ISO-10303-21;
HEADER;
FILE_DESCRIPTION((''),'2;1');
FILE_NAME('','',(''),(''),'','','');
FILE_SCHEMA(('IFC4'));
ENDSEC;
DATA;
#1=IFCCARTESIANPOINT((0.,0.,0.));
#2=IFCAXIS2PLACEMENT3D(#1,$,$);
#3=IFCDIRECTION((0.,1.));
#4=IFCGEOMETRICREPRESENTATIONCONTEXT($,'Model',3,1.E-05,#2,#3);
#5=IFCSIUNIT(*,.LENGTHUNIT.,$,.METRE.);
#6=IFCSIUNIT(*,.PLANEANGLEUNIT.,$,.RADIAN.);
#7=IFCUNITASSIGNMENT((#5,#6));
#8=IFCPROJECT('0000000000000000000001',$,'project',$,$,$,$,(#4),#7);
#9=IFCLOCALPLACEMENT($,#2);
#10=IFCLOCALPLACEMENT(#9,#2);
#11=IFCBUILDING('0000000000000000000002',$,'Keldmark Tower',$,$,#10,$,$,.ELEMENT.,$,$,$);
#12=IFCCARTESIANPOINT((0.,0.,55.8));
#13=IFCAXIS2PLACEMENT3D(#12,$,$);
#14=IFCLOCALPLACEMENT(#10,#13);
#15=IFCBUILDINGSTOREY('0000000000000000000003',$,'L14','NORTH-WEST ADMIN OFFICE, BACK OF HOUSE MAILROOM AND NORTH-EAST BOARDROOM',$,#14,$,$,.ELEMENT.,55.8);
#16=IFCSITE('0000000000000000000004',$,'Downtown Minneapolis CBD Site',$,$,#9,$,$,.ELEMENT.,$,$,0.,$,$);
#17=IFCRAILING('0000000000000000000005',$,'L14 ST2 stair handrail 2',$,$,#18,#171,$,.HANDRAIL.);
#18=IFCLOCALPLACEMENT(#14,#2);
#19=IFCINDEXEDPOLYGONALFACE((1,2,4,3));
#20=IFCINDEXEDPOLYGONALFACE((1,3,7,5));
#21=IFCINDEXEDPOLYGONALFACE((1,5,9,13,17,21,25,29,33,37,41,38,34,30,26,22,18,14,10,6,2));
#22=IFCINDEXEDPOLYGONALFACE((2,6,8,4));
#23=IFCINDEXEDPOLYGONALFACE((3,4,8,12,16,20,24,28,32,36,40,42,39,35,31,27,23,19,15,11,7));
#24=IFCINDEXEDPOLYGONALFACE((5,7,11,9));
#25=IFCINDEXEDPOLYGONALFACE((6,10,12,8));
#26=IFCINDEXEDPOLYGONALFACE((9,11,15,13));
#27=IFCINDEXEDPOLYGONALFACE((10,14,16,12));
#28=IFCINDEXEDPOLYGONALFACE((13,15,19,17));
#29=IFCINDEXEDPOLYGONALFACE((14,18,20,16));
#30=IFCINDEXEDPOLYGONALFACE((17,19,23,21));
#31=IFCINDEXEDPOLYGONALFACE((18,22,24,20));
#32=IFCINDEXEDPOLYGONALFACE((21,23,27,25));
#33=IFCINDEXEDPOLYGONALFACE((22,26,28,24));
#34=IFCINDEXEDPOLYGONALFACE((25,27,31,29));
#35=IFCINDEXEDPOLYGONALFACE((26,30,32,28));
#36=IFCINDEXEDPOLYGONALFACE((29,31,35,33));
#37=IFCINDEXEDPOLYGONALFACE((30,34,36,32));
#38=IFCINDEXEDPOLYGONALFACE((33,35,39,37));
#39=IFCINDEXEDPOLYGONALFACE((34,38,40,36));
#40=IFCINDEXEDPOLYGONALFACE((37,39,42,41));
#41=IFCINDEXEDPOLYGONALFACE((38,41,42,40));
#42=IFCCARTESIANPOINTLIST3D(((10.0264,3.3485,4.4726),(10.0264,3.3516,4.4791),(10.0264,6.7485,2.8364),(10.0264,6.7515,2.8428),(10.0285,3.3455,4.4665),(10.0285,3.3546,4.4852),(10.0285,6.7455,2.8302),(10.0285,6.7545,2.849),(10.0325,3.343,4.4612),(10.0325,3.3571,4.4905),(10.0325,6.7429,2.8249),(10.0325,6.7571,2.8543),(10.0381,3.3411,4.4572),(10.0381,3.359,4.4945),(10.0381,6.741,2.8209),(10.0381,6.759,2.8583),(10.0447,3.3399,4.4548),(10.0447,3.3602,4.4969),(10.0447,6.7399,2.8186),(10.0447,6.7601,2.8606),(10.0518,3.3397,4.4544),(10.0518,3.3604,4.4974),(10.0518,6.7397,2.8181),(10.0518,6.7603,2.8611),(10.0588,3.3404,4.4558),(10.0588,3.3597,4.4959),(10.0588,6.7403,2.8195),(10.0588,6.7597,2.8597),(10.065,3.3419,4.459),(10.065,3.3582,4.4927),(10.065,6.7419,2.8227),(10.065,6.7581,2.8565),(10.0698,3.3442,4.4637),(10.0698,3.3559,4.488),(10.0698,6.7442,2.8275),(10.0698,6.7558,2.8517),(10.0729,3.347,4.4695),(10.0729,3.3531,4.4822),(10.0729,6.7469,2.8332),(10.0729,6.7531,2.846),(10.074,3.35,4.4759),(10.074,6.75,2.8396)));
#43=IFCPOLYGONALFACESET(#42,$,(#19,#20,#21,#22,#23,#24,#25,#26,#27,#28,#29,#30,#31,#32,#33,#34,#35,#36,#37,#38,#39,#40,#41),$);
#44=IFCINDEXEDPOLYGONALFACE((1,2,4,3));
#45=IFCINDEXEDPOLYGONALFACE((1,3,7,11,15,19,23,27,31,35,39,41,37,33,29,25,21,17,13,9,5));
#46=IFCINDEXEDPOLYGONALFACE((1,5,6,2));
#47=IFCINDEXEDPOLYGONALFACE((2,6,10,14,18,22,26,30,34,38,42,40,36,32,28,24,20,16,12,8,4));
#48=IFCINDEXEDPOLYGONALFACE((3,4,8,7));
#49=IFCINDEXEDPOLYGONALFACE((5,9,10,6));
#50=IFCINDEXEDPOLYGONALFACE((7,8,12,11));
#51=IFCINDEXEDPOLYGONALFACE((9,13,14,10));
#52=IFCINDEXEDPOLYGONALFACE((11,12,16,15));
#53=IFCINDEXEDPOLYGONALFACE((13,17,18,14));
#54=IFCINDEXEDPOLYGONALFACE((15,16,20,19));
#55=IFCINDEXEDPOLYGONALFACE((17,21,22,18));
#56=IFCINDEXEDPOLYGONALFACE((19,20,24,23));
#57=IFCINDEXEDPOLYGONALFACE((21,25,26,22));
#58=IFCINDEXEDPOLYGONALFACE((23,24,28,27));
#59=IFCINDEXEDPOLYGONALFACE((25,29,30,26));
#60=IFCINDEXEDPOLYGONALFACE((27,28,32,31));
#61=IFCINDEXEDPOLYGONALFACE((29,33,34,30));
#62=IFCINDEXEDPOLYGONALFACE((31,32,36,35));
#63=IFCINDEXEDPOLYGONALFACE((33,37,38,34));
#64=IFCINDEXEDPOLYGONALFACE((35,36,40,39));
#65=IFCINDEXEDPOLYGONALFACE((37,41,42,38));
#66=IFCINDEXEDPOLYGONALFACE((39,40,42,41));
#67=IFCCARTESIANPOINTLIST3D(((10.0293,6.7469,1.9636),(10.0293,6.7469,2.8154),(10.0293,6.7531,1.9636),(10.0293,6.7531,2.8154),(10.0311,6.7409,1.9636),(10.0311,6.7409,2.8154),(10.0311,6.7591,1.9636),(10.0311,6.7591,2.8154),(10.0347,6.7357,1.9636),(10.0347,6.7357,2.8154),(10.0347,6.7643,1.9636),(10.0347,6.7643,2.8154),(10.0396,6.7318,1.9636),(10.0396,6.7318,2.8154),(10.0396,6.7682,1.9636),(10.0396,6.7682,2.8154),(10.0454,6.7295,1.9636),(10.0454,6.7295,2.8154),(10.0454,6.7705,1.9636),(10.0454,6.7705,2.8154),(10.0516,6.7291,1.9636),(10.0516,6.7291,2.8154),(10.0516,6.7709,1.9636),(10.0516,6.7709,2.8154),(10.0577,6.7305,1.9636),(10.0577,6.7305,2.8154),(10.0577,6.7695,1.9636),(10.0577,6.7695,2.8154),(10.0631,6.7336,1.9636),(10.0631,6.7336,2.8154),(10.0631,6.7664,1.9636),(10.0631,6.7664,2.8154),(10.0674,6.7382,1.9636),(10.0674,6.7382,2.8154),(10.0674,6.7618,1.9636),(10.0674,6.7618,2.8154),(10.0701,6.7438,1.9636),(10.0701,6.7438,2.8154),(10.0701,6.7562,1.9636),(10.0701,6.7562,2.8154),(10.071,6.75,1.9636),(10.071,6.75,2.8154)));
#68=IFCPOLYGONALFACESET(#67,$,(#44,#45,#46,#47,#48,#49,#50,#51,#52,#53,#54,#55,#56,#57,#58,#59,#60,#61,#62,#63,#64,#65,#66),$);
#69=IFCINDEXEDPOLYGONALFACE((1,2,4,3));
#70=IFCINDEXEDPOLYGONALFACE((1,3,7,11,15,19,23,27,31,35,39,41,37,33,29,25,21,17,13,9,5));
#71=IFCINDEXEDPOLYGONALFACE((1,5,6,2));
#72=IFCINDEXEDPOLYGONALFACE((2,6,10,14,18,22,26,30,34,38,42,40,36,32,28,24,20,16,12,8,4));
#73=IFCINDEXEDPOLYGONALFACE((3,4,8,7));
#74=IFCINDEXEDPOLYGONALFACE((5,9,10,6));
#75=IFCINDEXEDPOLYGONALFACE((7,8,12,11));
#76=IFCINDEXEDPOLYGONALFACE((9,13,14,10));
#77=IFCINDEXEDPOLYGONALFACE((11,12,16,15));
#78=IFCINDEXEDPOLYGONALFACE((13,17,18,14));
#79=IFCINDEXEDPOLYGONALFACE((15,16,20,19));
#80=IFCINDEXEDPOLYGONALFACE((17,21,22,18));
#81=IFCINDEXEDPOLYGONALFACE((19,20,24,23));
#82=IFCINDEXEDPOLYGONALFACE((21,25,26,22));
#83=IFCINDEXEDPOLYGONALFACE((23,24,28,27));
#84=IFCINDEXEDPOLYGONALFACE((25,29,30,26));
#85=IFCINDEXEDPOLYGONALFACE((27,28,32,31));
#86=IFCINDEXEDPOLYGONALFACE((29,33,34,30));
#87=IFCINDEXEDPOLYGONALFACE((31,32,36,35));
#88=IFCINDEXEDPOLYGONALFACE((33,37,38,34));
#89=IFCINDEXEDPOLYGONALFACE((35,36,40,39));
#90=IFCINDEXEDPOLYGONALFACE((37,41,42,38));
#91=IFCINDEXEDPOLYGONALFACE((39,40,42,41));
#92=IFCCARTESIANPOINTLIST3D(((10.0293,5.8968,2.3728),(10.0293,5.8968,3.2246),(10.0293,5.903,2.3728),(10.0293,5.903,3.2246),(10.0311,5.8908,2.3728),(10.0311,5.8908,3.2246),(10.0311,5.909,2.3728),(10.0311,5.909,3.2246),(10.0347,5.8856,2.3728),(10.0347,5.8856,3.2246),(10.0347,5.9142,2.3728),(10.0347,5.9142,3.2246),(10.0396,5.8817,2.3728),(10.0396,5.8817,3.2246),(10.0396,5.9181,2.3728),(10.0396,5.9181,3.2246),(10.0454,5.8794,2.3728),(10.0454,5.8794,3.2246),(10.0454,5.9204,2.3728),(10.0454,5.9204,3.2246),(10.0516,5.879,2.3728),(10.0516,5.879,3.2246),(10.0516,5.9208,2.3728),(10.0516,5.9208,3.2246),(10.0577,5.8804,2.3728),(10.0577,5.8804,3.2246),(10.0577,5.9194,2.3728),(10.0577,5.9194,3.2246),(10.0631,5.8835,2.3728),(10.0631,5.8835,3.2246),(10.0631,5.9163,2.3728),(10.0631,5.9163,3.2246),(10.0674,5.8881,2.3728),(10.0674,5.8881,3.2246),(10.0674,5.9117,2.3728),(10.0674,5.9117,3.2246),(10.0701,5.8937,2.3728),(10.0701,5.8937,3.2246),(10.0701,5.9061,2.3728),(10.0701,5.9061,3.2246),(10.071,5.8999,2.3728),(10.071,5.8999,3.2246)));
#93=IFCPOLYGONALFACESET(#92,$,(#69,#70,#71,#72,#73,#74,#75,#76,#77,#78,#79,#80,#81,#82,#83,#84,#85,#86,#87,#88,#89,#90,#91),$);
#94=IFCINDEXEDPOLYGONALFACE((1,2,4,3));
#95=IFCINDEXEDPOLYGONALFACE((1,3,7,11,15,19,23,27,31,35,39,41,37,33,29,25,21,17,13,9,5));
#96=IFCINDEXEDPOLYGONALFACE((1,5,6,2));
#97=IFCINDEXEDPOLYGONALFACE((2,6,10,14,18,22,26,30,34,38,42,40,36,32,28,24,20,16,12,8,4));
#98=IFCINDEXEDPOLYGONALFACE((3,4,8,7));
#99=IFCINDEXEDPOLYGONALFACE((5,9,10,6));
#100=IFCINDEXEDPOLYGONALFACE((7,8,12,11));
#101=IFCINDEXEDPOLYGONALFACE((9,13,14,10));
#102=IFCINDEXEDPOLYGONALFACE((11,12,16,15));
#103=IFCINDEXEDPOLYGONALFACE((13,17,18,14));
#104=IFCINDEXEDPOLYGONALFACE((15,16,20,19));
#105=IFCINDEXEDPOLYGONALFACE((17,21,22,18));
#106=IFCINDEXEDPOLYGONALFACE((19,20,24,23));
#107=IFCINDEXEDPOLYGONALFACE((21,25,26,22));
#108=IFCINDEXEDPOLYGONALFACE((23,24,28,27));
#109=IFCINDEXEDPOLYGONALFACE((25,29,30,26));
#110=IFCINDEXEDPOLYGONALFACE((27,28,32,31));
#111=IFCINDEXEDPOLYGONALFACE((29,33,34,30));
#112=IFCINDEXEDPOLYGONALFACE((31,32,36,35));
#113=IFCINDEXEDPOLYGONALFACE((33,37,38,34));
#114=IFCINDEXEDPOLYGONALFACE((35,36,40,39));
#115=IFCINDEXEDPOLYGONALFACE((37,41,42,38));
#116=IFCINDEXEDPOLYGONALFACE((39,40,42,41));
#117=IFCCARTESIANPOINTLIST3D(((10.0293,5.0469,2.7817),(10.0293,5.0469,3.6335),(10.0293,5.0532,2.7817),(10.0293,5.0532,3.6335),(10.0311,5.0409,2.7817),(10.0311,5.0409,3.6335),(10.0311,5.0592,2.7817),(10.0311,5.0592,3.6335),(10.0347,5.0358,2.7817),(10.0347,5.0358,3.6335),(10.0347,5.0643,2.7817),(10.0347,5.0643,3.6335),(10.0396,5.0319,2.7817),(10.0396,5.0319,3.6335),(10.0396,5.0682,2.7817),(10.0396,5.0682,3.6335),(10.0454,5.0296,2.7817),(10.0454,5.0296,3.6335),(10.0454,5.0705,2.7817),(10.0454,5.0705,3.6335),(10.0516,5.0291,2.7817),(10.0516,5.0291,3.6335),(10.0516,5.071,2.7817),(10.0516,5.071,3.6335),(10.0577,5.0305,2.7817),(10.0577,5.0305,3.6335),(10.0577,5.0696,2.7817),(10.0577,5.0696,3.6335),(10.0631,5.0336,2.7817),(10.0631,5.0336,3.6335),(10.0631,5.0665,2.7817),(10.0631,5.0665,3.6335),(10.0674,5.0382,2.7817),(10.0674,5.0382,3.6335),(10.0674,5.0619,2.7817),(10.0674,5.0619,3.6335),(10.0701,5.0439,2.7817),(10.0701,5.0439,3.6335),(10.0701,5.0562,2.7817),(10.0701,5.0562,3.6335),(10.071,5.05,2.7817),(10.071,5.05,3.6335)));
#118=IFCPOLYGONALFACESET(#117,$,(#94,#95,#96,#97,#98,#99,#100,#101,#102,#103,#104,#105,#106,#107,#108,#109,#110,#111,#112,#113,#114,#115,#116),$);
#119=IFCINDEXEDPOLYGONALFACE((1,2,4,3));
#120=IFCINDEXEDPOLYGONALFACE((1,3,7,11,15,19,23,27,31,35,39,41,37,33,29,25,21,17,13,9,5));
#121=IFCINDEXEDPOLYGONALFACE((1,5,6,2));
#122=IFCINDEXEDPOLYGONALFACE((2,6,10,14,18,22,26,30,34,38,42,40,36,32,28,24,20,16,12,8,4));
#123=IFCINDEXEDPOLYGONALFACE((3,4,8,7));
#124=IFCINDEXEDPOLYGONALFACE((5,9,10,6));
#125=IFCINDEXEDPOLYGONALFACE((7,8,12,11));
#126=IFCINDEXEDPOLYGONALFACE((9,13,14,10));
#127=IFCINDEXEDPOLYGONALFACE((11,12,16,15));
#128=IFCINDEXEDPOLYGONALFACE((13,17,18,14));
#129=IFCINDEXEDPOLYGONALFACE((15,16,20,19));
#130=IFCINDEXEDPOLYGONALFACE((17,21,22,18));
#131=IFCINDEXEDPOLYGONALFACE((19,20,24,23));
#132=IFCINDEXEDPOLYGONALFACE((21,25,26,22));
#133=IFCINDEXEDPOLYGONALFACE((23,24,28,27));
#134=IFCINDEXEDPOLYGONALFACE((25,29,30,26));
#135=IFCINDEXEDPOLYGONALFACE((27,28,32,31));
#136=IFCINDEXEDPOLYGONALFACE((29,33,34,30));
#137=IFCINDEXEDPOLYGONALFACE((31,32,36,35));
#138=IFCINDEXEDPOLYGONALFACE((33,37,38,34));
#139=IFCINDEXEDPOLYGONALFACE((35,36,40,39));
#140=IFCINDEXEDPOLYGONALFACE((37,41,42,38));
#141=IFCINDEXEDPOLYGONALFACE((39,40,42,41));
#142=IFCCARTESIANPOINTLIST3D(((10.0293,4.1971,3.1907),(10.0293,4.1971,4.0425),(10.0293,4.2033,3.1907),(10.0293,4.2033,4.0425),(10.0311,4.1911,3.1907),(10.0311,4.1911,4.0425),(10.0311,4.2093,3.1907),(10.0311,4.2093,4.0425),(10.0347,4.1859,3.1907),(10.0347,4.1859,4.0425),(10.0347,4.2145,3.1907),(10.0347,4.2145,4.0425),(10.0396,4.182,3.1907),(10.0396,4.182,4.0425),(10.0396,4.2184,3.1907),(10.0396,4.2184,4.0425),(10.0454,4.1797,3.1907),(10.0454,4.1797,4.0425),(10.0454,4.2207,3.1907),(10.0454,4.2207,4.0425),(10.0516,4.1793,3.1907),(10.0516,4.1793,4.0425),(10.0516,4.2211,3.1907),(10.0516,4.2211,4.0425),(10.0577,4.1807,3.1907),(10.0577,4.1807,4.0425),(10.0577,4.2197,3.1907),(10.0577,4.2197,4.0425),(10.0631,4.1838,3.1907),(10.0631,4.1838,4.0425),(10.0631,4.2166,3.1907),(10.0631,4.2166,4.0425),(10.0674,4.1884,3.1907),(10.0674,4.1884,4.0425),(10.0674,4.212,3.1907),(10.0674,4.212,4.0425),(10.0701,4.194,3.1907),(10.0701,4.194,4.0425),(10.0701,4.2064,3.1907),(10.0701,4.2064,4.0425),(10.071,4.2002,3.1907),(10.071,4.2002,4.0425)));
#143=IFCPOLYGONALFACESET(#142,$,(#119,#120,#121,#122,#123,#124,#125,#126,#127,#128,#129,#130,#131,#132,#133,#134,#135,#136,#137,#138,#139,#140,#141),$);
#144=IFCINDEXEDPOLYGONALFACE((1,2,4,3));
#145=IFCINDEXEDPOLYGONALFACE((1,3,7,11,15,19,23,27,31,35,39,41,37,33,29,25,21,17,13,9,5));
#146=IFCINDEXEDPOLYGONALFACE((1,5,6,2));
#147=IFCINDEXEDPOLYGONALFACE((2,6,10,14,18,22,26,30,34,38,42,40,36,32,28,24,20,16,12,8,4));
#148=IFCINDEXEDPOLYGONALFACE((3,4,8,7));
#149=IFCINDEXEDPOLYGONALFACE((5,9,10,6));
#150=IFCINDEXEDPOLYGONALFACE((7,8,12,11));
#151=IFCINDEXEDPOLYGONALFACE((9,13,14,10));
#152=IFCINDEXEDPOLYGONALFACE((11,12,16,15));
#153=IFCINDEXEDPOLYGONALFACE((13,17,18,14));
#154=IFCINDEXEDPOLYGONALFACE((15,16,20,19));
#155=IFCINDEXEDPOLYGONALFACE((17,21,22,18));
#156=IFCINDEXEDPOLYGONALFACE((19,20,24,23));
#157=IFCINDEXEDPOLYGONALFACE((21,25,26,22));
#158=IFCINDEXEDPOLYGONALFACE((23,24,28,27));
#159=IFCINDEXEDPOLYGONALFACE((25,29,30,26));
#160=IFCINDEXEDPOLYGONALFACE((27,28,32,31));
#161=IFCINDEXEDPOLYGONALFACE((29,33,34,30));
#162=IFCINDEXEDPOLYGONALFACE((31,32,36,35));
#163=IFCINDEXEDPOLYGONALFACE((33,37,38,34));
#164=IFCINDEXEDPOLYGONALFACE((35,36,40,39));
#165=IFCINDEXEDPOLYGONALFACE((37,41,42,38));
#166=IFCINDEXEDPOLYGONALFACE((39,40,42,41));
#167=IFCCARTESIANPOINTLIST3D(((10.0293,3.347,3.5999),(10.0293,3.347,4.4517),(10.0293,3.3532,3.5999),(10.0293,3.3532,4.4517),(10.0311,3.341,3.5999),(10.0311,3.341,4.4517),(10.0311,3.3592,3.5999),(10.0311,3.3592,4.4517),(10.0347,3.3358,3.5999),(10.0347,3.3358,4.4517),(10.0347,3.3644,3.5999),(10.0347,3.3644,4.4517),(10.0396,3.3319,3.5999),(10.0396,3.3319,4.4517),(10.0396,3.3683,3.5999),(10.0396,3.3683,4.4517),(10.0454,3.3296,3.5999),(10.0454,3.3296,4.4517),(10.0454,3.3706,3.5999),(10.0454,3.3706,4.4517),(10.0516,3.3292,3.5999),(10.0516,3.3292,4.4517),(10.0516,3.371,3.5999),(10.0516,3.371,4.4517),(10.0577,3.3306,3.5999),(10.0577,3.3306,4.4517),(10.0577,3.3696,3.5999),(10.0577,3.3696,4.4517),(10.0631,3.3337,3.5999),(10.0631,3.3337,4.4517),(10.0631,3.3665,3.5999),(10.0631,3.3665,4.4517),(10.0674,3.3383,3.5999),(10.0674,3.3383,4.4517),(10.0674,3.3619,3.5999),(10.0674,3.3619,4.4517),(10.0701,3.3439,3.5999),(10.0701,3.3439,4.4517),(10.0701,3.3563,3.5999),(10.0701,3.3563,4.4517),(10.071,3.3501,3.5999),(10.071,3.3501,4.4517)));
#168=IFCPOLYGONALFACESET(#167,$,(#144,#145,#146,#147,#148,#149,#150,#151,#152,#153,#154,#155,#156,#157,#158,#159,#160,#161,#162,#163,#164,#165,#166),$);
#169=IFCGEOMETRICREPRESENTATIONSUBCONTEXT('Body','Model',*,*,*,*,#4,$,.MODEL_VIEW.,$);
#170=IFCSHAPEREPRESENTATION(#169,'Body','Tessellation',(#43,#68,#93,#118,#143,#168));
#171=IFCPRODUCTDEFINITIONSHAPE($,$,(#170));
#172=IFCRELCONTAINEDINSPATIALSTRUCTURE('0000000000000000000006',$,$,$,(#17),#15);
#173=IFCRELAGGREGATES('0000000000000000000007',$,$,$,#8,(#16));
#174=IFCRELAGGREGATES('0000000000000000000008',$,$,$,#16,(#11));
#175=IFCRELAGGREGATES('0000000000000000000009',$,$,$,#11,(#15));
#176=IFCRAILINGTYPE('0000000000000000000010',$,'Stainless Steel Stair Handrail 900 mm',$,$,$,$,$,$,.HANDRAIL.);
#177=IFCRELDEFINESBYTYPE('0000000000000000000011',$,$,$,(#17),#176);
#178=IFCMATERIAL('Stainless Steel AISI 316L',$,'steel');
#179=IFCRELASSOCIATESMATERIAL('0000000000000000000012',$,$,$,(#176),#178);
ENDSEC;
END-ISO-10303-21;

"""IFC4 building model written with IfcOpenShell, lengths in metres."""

from ifc_helpers import new_model, si_unit, direction, frame, origin, origin_2d, place, context, subcontext, project, spatial, circle, extrude, material, type_object, element, save


model = new_model("IFC4")

# Units and contexts
model_context = context("Model", 3, precision=1e-05, world=origin(), true_north=direction((0.0, 1.0)))
body_context = subcontext(model_context, "Body", "Model", "MODEL_VIEW")
ifc_project = project(units=[si_unit("LENGTHUNIT", "METRE"), si_unit("PLANEANGLEUNIT", "RADIAN")], contexts=[model_context])

# Site, building, storey
site_placement = place(None, origin())
site = spatial("IfcSite", under=ifc_project, at=site_placement, Name="Downtown Minneapolis CBD Site", CompositionType="ELEMENT", RefElevation=0.0)
building_placement = place(site_placement, origin())
building = spatial("IfcBuilding", under=site, at=building_placement, Name="Keldmark Tower", CompositionType="ELEMENT")
storey_placement = place(building_placement, frame((0.0, 0.0, 55.8)))
storey = spatial("IfcBuildingStorey", under=building, at=storey_placement, Name="L14", Description="NORTH-WEST ADMIN OFFICE, BACK OF HOUSE MAILROOM AND NORTH-EAST BOARDROOM", CompositionType="ELEMENT", Elevation=55.8)

# Railing
ifc_material_1 = material(Name="Stainless Steel AISI 316L", Category="steel")
railing_type_1 = type_object("IfcRailingType", Name="Stainless Steel Stair Handrail 900 mm", PredefinedType="HANDRAIL", material=ifc_material_1)
railing_1_placement = place(storey_placement, frame((10.05, 6.75, 1.9636)))
element("IfcRailing", 1, at=railing_1_placement, inside=storey, type_object=railing_type_1, Name="L14 ST2 stair handrail 2", PredefinedType="HANDRAIL", context=body_context, shape_type="SweptSolid", body=[
    extrude(circle(Radius=0.0239, at=origin_2d()), frame((0.0, 0.0, 0.876), z_axis=(0.0, -0.90108, 0.433652), x_axis=(1.0, 0.0, 0.0)), (0.0, 0.0, 1.0), 3.7732),
    extrude(circle(Radius=0.021, at=origin_2d()), origin(), (0.0, 0.0, 1.0), 0.8518),
    extrude(circle(Radius=0.021, at=origin_2d()), frame((0.0, -0.8501, 0.4092)), (0.0, 0.0, 1.0), 0.8518),
    extrude(circle(Radius=0.021, at=origin_2d()), frame((0.0, -1.7, 0.8181)), (0.0, 0.0, 1.0), 0.8518),
    extrude(circle(Radius=0.021, at=origin_2d()), frame((0.0, -2.5498, 1.2271)), (0.0, 0.0, 1.0), 0.8518),
    extrude(circle(Radius=0.021, at=origin_2d()), frame((0.0, -3.3999, 1.6362)), (0.0, 0.0, 1.0), 0.8518),
])

save(model, "model.ifc")
